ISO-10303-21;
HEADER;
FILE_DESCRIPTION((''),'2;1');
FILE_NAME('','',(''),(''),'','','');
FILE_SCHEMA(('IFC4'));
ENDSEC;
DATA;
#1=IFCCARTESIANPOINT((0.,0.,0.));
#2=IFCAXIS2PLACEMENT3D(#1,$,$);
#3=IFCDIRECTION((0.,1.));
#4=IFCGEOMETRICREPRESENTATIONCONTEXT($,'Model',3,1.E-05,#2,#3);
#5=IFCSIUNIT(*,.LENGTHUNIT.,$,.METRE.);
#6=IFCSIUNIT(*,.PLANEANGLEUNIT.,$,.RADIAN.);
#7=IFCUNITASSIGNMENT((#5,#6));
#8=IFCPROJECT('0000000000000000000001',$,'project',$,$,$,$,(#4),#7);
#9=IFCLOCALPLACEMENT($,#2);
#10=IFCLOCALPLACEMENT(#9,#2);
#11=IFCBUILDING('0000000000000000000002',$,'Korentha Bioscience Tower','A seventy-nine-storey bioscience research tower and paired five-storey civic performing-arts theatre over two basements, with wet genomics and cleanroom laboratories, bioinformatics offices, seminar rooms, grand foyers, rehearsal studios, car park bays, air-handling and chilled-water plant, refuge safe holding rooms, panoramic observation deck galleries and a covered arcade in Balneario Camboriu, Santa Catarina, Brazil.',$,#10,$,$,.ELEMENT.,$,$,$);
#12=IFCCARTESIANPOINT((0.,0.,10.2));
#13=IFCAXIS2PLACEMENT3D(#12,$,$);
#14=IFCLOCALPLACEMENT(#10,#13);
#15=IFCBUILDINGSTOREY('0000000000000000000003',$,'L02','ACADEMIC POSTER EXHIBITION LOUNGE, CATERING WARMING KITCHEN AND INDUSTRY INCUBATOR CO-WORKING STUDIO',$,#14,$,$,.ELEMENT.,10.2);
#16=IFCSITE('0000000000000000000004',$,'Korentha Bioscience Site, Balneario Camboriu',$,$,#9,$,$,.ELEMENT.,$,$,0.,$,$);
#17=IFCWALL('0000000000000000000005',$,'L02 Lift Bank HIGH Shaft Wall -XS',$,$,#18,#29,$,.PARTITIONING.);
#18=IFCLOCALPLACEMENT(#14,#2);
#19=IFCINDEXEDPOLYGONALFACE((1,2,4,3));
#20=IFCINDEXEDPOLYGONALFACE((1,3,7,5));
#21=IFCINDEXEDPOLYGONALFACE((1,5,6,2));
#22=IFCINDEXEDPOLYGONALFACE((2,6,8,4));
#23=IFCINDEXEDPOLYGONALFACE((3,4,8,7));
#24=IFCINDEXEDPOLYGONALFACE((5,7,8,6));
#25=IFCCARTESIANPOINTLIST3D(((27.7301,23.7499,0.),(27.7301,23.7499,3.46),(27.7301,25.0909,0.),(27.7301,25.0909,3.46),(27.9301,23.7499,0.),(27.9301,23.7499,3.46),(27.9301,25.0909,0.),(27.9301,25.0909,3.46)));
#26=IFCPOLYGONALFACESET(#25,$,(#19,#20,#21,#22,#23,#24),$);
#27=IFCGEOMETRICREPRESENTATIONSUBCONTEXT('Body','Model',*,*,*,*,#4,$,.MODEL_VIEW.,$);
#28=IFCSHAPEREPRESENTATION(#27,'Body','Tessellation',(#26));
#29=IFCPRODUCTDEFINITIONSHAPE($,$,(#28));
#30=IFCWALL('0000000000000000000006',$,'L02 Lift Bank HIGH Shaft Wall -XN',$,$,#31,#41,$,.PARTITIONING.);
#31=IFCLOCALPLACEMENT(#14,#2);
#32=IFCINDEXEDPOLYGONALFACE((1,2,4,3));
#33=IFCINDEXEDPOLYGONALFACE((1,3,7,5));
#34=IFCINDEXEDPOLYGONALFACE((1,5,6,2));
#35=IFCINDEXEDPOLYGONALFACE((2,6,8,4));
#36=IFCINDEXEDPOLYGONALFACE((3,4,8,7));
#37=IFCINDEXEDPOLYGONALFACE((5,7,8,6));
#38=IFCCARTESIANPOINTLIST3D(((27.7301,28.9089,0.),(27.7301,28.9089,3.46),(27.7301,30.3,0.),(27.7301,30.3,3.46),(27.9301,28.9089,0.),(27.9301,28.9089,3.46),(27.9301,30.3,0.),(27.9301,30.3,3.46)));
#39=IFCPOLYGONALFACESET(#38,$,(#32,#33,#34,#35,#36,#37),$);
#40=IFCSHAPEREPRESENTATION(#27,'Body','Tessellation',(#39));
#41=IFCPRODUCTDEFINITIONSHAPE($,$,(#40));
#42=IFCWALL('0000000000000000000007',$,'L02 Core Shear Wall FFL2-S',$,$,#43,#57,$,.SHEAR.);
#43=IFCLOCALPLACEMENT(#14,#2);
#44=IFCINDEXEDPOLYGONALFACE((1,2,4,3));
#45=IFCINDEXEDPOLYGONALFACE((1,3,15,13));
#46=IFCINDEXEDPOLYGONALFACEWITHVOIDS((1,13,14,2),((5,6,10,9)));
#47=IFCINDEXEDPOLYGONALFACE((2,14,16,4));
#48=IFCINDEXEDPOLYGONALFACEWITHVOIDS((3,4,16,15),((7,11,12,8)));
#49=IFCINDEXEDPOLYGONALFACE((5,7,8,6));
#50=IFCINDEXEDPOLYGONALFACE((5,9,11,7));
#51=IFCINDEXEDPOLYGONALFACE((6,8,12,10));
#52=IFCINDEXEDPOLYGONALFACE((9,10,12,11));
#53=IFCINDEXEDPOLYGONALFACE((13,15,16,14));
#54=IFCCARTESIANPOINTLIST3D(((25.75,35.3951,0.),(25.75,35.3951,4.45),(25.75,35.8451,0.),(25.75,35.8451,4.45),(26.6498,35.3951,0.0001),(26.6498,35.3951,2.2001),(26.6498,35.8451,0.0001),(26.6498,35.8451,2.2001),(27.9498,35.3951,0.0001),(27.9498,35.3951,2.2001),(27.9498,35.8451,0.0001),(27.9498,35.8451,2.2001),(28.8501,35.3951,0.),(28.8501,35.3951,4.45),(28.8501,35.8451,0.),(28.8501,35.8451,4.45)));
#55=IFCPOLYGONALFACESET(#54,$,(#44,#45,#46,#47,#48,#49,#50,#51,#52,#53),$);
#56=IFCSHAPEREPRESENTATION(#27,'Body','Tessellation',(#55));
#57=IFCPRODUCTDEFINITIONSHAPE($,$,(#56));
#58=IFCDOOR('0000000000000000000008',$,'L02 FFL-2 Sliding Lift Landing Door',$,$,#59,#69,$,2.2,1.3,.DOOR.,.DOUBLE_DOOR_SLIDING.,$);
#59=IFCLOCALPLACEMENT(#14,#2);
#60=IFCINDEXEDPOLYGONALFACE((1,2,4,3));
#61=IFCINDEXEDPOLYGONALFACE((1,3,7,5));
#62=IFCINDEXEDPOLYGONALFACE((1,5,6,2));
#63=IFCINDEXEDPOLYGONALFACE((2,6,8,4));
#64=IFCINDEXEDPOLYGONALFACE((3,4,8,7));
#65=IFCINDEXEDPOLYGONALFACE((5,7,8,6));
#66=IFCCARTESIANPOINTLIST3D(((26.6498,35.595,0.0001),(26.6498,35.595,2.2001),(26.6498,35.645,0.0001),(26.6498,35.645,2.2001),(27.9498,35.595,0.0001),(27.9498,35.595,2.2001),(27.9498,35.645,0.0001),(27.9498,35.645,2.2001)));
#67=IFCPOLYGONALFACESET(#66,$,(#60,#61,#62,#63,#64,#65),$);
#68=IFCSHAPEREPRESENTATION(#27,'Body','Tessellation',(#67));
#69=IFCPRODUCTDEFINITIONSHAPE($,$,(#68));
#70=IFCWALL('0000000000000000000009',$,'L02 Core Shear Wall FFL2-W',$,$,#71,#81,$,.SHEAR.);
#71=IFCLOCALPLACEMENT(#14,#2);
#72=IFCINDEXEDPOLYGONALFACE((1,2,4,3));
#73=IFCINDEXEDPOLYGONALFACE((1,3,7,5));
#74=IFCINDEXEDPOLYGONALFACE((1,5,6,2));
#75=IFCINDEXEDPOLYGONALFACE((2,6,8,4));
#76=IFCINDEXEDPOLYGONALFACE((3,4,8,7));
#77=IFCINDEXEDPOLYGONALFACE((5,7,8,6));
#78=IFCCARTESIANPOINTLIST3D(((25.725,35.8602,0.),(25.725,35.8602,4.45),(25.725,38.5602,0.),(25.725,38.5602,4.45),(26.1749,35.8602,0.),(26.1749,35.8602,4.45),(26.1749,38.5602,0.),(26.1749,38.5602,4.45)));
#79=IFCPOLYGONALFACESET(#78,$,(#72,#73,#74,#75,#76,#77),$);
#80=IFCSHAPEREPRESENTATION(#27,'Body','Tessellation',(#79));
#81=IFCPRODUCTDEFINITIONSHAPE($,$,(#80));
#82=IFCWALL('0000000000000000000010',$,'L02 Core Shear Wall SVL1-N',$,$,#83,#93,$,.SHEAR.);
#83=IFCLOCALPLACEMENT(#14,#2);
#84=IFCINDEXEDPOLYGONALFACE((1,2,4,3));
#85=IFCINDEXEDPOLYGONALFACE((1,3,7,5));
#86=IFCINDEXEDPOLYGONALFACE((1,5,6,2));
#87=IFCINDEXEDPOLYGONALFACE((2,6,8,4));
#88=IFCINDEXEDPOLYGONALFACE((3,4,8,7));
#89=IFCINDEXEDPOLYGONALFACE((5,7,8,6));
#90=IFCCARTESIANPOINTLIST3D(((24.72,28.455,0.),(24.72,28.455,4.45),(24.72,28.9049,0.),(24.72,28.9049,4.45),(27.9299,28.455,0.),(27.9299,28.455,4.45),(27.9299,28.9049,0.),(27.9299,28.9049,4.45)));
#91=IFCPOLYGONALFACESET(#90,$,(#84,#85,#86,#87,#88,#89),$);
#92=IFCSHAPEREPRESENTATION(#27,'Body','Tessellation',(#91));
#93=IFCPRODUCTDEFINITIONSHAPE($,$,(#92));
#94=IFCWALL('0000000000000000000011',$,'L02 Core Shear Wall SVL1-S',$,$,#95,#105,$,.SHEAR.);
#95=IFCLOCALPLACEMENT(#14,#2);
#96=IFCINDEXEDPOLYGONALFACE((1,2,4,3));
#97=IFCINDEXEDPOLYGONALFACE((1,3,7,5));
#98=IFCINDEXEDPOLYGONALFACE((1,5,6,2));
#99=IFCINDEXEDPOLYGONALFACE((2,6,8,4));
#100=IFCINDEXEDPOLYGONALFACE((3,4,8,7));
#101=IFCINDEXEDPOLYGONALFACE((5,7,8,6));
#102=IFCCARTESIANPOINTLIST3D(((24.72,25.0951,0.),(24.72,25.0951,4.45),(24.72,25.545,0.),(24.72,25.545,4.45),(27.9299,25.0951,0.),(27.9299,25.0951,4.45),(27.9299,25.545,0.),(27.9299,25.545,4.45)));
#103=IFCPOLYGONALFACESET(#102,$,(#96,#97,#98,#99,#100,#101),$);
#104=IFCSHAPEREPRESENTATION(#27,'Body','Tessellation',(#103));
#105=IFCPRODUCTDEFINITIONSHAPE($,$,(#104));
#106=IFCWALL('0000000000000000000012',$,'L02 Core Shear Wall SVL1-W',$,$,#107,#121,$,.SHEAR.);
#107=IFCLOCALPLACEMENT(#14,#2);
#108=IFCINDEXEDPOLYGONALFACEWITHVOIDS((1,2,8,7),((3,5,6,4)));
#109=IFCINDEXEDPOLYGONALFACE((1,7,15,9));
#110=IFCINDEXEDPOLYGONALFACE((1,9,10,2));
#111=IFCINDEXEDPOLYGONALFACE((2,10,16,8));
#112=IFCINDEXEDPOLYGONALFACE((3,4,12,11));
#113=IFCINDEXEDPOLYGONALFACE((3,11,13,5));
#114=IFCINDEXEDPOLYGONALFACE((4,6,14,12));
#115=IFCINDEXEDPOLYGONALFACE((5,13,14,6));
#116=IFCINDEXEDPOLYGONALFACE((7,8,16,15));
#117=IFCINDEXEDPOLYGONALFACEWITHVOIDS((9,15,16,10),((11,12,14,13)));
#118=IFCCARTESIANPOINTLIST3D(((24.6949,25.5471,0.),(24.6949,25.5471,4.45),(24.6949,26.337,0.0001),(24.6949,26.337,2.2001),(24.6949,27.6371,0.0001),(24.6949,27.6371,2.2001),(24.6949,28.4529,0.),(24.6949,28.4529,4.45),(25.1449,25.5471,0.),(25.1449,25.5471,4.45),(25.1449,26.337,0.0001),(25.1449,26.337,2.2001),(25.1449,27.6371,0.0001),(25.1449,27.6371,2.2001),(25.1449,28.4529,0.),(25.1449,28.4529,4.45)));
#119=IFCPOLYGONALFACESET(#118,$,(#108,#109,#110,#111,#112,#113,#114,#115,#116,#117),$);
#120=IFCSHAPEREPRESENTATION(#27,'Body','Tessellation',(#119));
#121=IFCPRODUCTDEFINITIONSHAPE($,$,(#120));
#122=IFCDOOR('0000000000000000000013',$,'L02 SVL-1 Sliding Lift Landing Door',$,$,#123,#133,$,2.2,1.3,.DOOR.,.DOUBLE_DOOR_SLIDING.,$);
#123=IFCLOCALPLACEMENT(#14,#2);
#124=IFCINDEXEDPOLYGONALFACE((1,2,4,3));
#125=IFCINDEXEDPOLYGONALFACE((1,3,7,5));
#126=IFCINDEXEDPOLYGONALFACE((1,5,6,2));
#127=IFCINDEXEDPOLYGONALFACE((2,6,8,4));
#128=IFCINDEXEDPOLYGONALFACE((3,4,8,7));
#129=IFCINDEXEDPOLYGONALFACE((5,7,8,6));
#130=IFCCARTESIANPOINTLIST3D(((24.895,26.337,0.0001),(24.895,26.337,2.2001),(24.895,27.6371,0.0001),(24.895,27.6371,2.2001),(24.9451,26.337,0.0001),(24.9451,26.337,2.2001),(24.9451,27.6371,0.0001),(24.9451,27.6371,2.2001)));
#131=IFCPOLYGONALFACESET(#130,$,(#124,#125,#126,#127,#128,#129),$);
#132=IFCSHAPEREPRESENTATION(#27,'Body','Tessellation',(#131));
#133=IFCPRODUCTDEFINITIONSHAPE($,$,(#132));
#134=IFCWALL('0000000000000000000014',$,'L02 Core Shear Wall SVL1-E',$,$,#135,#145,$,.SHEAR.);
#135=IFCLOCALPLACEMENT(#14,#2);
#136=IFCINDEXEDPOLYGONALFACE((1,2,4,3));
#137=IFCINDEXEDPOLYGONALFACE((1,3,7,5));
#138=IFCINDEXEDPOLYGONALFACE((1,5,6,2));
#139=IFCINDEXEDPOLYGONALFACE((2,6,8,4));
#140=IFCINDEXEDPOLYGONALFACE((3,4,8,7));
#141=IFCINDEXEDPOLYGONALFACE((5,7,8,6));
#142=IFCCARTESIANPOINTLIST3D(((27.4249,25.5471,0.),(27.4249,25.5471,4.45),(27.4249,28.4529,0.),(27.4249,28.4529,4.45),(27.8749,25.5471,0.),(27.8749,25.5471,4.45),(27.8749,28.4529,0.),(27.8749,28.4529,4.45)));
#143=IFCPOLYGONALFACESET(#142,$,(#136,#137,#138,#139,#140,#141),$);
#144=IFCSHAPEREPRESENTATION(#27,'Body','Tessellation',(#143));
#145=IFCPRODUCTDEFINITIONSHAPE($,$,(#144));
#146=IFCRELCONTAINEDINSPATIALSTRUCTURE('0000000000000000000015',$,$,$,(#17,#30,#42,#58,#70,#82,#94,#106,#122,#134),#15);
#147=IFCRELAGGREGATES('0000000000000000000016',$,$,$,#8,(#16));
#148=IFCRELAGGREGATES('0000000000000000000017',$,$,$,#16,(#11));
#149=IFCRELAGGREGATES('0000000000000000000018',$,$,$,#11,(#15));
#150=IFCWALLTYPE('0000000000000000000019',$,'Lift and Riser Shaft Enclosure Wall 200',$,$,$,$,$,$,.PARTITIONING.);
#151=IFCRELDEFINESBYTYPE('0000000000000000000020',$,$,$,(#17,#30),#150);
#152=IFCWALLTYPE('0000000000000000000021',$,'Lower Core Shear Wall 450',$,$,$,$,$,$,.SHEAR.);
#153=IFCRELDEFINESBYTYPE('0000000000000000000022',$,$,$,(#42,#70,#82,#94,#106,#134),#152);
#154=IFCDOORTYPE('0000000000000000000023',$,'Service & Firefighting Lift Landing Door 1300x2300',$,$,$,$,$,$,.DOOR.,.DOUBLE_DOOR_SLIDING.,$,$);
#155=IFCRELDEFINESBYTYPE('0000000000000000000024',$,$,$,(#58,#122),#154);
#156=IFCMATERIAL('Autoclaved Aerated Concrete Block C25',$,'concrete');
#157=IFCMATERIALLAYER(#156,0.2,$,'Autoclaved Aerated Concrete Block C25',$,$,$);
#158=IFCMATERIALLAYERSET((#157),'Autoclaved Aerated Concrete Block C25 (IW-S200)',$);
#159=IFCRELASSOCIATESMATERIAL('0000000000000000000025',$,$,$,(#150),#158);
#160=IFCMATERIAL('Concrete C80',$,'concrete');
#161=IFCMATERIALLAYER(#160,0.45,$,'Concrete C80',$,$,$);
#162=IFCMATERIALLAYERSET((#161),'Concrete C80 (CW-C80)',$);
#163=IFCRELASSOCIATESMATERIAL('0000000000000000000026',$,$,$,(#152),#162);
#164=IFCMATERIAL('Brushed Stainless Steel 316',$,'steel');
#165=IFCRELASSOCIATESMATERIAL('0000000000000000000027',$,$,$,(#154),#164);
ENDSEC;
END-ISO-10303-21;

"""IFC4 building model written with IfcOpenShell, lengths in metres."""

from ifc_helpers import new_model, si_unit, direction, frame, frame_2d, origin, place, context, subcontext, project, spatial, rectangle, extrude, material, layer, layer_set, type_object, element, fill, save


model = new_model("IFC4")

# Units and contexts
model_context = context("Model", 3, precision=1e-05, world=origin(), true_north=direction((0.0, 1.0)))
body_context = subcontext(model_context, "Body", "Model", "MODEL_VIEW")
ifc_project = project(units=[si_unit("LENGTHUNIT", "METRE"), si_unit("PLANEANGLEUNIT", "RADIAN")], contexts=[model_context])

# Site, building, storey
site_placement = place(None, origin())
site = spatial("IfcSite", under=ifc_project, at=site_placement, Name="Korentha Bioscience Site, Balneario Camboriu", CompositionType="ELEMENT", RefElevation=0.0)
building_placement = place(site_placement, origin())
building = spatial("IfcBuilding", under=site, at=building_placement, Name="Korentha Bioscience Tower", Description="A seventy-nine-storey bioscience research tower and paired five-storey civic performing-arts theatre over two basements, with wet genomics and cleanroom laboratories, bioinformatics offices, seminar rooms, grand foyers, rehearsal studios, car park bays, air-handling and chilled-water plant, refuge safe holding rooms, panoramic observation deck galleries and a covered arcade in Balneario Camboriu, Santa Catarina, Brazil.", CompositionType="ELEMENT")
storey_placement = place(building_placement, frame((0.0, 0.0, 10.2)))
storey = spatial("IfcBuildingStorey", under=building, at=storey_placement, Name="L02", Description="ACADEMIC POSTER EXHIBITION LOUNGE, CATERING WARMING KITCHEN AND INDUSTRY INCUBATOR CO-WORKING STUDIO", CompositionType="ELEMENT", Elevation=10.2)

# Walls
ifc_material_1 = material(Name="Autoclaved Aerated Concrete Block C25", Category="concrete")
ifc_layer_1 = layer(ifc_material_1, 0.2, Name="Autoclaved Aerated Concrete Block C25")
ifc_layer_set_1 = layer_set([ifc_layer_1], Name="Autoclaved Aerated Concrete Block C25 (IW-S200)")
wall_type_1 = type_object("IfcWallType", Name="Lift and Riser Shaft Enclosure Wall 200", PredefinedType="PARTITIONING", material=ifc_layer_set_1)
wall_1_placement = place(storey_placement, frame((27.8301, 23.75, 0.0), z_axis=(0.0, 0.0, 1.0), x_axis=(0.0, 1.0, 0.0)))
element("IfcWall", 1, at=wall_1_placement, inside=storey, type_object=wall_type_1, Name="L02 Lift Bank HIGH Shaft Wall -XS", PredefinedType="PARTITIONING", context=body_context, shape_type="SweptSolid", body=[
    extrude(rectangle(XDim=1.3411, YDim=0.2, at=frame_2d((0.6704, 0.0))), origin(), (0.0, 0.0, 1.0), 3.46),
])
wall_2_placement = place(storey_placement, frame((27.8301, 28.9089, 0.0), z_axis=(0.0, 0.0, 1.0), x_axis=(0.0, 1.0, 0.0)))
element("IfcWall", 2, at=wall_2_placement, inside=storey, type_object=wall_type_1, Name="L02 Lift Bank HIGH Shaft Wall -XN", PredefinedType="PARTITIONING", context=body_context, shape_type="SweptSolid", body=[
    extrude(rectangle(XDim=1.3911, YDim=0.2, at=frame_2d((0.6956, 0.0))), origin(), (0.0, 0.0, 1.0), 3.46),
])

# Wall, opening, door
ifc_material_2 = material(Name="Concrete C80", Category="concrete")
ifc_layer_2 = layer(ifc_material_2, 0.45, Name="Concrete C80")
ifc_layer_set_2 = layer_set([ifc_layer_2], Name="Concrete C80 (CW-C80)")
wall_type_2 = type_object("IfcWallType", Name="Lower Core Shear Wall 450", PredefinedType="SHEAR", material=ifc_layer_set_2)
wall_3_placement = place(storey_placement, frame((25.75, 35.6201, 0.0), z_axis=(0.0, 0.0, 1.0), x_axis=(1.0, 0.0, 0.0)))
wall_3 = element("IfcWall", 3, at=wall_3_placement, inside=storey, type_object=wall_type_2, Name="L02 Core Shear Wall FFL2-S", PredefinedType="SHEAR", context=body_context, shape_type="SweptSolid", body=[
    extrude(rectangle(XDim=3.1001, YDim=0.45, at=frame_2d((1.55, 0.0))), origin(), (0.0, 0.0, 1.0), 4.45),
])
opening_1_placement = place(wall_3_placement, frame((0.8999, 0.0, 0.0)))
opening_1 = element("IfcOpeningElement", 4, at=opening_1_placement, cuts=wall_3, PredefinedType="OPENING", context=body_context, shape_type="SweptSolid", body=[
    extrude(rectangle(XDim=1.3, YDim=2.2, at=frame_2d((0.6499, 1.1001))), frame((0.0, 0.2397, 0.0), z_axis=(0.0, -1.0, 0.0), x_axis=(1.0, 0.0, 0.0)), (0.0, 0.0, 1.0), 0.4797),
])
ifc_material_3 = material(Name="Brushed Stainless Steel 316", Category="steel")
door_type = type_object("IfcDoorType", Name="Service & Firefighting Lift Landing Door 1300x2300", OperationType="DOUBLE_DOOR_SLIDING", PredefinedType="DOOR", material=ifc_material_3)
door_1_placement = place(opening_1_placement, origin())
door_1 = element("IfcDoor", 5, at=door_1_placement, inside=storey, type_object=door_type, Name="L02 FFL-2 Sliding Lift Landing Door", OperationType="DOUBLE_DOOR_SLIDING", OverallHeight=2.2, OverallWidth=1.3, PredefinedType="DOOR", context=body_context, shape_type="SweptSolid", body=[
    extrude(rectangle(XDim=1.3, YDim=2.2, at=frame_2d((0.6499, 1.1001))), frame((0.0, 0.0249, 0.0), z_axis=(0.0, -1.0, 0.0), x_axis=(1.0, 0.0, 0.0)), (0.0, 0.0, 1.0), 0.05),
])
fill(opening_1, door_1)

# Walls
wall_4_placement = place(storey_placement, frame((25.95, 35.8601, 0.0), z_axis=(0.0, 0.0, 1.0), x_axis=(0.0, 1.0, 0.0)))
element("IfcWall", 6, at=wall_4_placement, inside=storey, type_object=wall_type_2, Name="L02 Core Shear Wall FFL2-W", PredefinedType="SHEAR", context=body_context, shape_type="SweptSolid", body=[
    extrude(rectangle(XDim=2.7, YDim=0.45, at=frame_2d((1.3501, 0.0))), origin(), (0.0, 0.0, 1.0), 4.45),
])
for number, where, z_axis, x_axis, name in (
    (7, (24.72, 28.6799, 0.0), (0.0, 0.0, 1.0), (1.0, 0.0, 0.0), "L02 Core Shear Wall SVL1-N"),
    (8, (24.72, 25.3201, 0.0), (0.0, 0.0, 1.0), (1.0, 0.0, 0.0), "L02 Core Shear Wall SVL1-S"),
):
    element("IfcWall", number, at=place(storey_placement, frame(where, z_axis=z_axis, x_axis=x_axis)), inside=storey, type_object=wall_type_2, Name=name, PredefinedType="SHEAR", context=body_context, shape_type="SweptSolid", body=[
        extrude(rectangle(XDim=3.21, YDim=0.45, at=frame_2d((1.605, 0.0))), origin(), (0.0, 0.0, 1.0), 4.45),
    ])

# Wall, opening, door
wall_5_placement = place(storey_placement, frame((24.9199, 25.5471, 0.0), z_axis=(0.0, 0.0, 1.0), x_axis=(0.0, 1.0, 0.0)))
wall_5 = element("IfcWall", 9, at=wall_5_placement, inside=storey, type_object=wall_type_2, Name="L02 Core Shear Wall SVL1-W", PredefinedType="SHEAR", context=body_context, shape_type="SweptSolid", body=[
    extrude(rectangle(XDim=2.9058, YDim=0.45, at=frame_2d((1.4529, 0.0))), origin(), (0.0, 0.0, 1.0), 4.45),
])
opening_2_placement = place(wall_5_placement, frame((0.79, 0.0, 0.0)))
opening_2 = element("IfcOpeningElement", 10, at=opening_2_placement, cuts=wall_5, PredefinedType="OPENING", context=body_context, shape_type="SweptSolid", body=[
    extrude(rectangle(XDim=1.3, YDim=2.2, at=frame_2d((0.6499, 1.1001))), frame((0.0, 0.2397, 0.0), z_axis=(0.0, -1.0, 0.0), x_axis=(1.0, 0.0, 0.0)), (0.0, 0.0, 1.0), 0.4797),
])
door_2_placement = place(opening_2_placement, origin())
door_2 = element("IfcDoor", 11, at=door_2_placement, inside=storey, type_object=door_type, Name="L02 SVL-1 Sliding Lift Landing Door", OperationType="DOUBLE_DOOR_SLIDING", OverallHeight=2.2, OverallWidth=1.3, PredefinedType="DOOR", context=body_context, shape_type="SweptSolid", body=[
    extrude(rectangle(XDim=1.3, YDim=2.2, at=frame_2d((0.6499, 1.1001))), frame((0.0, 0.0249, 0.0), z_axis=(0.0, -1.0, 0.0), x_axis=(1.0, 0.0, 0.0)), (0.0, 0.0, 1.0), 0.05),
])
fill(opening_2, door_2)

# Wall
wall_6_placement = place(storey_placement, frame((27.6499, 25.5471, 0.0), z_axis=(0.0, 0.0, 1.0), x_axis=(0.0, 1.0, 0.0)))
element("IfcWall", 12, at=wall_6_placement, inside=storey, type_object=wall_type_2, Name="L02 Core Shear Wall SVL1-E", PredefinedType="SHEAR", context=body_context, shape_type="SweptSolid", body=[
    extrude(rectangle(XDim=2.9058, YDim=0.45, at=frame_2d((1.4529, 0.0))), origin(), (0.0, 0.0, 1.0), 4.45),
])

save(model, "model.ifc")
